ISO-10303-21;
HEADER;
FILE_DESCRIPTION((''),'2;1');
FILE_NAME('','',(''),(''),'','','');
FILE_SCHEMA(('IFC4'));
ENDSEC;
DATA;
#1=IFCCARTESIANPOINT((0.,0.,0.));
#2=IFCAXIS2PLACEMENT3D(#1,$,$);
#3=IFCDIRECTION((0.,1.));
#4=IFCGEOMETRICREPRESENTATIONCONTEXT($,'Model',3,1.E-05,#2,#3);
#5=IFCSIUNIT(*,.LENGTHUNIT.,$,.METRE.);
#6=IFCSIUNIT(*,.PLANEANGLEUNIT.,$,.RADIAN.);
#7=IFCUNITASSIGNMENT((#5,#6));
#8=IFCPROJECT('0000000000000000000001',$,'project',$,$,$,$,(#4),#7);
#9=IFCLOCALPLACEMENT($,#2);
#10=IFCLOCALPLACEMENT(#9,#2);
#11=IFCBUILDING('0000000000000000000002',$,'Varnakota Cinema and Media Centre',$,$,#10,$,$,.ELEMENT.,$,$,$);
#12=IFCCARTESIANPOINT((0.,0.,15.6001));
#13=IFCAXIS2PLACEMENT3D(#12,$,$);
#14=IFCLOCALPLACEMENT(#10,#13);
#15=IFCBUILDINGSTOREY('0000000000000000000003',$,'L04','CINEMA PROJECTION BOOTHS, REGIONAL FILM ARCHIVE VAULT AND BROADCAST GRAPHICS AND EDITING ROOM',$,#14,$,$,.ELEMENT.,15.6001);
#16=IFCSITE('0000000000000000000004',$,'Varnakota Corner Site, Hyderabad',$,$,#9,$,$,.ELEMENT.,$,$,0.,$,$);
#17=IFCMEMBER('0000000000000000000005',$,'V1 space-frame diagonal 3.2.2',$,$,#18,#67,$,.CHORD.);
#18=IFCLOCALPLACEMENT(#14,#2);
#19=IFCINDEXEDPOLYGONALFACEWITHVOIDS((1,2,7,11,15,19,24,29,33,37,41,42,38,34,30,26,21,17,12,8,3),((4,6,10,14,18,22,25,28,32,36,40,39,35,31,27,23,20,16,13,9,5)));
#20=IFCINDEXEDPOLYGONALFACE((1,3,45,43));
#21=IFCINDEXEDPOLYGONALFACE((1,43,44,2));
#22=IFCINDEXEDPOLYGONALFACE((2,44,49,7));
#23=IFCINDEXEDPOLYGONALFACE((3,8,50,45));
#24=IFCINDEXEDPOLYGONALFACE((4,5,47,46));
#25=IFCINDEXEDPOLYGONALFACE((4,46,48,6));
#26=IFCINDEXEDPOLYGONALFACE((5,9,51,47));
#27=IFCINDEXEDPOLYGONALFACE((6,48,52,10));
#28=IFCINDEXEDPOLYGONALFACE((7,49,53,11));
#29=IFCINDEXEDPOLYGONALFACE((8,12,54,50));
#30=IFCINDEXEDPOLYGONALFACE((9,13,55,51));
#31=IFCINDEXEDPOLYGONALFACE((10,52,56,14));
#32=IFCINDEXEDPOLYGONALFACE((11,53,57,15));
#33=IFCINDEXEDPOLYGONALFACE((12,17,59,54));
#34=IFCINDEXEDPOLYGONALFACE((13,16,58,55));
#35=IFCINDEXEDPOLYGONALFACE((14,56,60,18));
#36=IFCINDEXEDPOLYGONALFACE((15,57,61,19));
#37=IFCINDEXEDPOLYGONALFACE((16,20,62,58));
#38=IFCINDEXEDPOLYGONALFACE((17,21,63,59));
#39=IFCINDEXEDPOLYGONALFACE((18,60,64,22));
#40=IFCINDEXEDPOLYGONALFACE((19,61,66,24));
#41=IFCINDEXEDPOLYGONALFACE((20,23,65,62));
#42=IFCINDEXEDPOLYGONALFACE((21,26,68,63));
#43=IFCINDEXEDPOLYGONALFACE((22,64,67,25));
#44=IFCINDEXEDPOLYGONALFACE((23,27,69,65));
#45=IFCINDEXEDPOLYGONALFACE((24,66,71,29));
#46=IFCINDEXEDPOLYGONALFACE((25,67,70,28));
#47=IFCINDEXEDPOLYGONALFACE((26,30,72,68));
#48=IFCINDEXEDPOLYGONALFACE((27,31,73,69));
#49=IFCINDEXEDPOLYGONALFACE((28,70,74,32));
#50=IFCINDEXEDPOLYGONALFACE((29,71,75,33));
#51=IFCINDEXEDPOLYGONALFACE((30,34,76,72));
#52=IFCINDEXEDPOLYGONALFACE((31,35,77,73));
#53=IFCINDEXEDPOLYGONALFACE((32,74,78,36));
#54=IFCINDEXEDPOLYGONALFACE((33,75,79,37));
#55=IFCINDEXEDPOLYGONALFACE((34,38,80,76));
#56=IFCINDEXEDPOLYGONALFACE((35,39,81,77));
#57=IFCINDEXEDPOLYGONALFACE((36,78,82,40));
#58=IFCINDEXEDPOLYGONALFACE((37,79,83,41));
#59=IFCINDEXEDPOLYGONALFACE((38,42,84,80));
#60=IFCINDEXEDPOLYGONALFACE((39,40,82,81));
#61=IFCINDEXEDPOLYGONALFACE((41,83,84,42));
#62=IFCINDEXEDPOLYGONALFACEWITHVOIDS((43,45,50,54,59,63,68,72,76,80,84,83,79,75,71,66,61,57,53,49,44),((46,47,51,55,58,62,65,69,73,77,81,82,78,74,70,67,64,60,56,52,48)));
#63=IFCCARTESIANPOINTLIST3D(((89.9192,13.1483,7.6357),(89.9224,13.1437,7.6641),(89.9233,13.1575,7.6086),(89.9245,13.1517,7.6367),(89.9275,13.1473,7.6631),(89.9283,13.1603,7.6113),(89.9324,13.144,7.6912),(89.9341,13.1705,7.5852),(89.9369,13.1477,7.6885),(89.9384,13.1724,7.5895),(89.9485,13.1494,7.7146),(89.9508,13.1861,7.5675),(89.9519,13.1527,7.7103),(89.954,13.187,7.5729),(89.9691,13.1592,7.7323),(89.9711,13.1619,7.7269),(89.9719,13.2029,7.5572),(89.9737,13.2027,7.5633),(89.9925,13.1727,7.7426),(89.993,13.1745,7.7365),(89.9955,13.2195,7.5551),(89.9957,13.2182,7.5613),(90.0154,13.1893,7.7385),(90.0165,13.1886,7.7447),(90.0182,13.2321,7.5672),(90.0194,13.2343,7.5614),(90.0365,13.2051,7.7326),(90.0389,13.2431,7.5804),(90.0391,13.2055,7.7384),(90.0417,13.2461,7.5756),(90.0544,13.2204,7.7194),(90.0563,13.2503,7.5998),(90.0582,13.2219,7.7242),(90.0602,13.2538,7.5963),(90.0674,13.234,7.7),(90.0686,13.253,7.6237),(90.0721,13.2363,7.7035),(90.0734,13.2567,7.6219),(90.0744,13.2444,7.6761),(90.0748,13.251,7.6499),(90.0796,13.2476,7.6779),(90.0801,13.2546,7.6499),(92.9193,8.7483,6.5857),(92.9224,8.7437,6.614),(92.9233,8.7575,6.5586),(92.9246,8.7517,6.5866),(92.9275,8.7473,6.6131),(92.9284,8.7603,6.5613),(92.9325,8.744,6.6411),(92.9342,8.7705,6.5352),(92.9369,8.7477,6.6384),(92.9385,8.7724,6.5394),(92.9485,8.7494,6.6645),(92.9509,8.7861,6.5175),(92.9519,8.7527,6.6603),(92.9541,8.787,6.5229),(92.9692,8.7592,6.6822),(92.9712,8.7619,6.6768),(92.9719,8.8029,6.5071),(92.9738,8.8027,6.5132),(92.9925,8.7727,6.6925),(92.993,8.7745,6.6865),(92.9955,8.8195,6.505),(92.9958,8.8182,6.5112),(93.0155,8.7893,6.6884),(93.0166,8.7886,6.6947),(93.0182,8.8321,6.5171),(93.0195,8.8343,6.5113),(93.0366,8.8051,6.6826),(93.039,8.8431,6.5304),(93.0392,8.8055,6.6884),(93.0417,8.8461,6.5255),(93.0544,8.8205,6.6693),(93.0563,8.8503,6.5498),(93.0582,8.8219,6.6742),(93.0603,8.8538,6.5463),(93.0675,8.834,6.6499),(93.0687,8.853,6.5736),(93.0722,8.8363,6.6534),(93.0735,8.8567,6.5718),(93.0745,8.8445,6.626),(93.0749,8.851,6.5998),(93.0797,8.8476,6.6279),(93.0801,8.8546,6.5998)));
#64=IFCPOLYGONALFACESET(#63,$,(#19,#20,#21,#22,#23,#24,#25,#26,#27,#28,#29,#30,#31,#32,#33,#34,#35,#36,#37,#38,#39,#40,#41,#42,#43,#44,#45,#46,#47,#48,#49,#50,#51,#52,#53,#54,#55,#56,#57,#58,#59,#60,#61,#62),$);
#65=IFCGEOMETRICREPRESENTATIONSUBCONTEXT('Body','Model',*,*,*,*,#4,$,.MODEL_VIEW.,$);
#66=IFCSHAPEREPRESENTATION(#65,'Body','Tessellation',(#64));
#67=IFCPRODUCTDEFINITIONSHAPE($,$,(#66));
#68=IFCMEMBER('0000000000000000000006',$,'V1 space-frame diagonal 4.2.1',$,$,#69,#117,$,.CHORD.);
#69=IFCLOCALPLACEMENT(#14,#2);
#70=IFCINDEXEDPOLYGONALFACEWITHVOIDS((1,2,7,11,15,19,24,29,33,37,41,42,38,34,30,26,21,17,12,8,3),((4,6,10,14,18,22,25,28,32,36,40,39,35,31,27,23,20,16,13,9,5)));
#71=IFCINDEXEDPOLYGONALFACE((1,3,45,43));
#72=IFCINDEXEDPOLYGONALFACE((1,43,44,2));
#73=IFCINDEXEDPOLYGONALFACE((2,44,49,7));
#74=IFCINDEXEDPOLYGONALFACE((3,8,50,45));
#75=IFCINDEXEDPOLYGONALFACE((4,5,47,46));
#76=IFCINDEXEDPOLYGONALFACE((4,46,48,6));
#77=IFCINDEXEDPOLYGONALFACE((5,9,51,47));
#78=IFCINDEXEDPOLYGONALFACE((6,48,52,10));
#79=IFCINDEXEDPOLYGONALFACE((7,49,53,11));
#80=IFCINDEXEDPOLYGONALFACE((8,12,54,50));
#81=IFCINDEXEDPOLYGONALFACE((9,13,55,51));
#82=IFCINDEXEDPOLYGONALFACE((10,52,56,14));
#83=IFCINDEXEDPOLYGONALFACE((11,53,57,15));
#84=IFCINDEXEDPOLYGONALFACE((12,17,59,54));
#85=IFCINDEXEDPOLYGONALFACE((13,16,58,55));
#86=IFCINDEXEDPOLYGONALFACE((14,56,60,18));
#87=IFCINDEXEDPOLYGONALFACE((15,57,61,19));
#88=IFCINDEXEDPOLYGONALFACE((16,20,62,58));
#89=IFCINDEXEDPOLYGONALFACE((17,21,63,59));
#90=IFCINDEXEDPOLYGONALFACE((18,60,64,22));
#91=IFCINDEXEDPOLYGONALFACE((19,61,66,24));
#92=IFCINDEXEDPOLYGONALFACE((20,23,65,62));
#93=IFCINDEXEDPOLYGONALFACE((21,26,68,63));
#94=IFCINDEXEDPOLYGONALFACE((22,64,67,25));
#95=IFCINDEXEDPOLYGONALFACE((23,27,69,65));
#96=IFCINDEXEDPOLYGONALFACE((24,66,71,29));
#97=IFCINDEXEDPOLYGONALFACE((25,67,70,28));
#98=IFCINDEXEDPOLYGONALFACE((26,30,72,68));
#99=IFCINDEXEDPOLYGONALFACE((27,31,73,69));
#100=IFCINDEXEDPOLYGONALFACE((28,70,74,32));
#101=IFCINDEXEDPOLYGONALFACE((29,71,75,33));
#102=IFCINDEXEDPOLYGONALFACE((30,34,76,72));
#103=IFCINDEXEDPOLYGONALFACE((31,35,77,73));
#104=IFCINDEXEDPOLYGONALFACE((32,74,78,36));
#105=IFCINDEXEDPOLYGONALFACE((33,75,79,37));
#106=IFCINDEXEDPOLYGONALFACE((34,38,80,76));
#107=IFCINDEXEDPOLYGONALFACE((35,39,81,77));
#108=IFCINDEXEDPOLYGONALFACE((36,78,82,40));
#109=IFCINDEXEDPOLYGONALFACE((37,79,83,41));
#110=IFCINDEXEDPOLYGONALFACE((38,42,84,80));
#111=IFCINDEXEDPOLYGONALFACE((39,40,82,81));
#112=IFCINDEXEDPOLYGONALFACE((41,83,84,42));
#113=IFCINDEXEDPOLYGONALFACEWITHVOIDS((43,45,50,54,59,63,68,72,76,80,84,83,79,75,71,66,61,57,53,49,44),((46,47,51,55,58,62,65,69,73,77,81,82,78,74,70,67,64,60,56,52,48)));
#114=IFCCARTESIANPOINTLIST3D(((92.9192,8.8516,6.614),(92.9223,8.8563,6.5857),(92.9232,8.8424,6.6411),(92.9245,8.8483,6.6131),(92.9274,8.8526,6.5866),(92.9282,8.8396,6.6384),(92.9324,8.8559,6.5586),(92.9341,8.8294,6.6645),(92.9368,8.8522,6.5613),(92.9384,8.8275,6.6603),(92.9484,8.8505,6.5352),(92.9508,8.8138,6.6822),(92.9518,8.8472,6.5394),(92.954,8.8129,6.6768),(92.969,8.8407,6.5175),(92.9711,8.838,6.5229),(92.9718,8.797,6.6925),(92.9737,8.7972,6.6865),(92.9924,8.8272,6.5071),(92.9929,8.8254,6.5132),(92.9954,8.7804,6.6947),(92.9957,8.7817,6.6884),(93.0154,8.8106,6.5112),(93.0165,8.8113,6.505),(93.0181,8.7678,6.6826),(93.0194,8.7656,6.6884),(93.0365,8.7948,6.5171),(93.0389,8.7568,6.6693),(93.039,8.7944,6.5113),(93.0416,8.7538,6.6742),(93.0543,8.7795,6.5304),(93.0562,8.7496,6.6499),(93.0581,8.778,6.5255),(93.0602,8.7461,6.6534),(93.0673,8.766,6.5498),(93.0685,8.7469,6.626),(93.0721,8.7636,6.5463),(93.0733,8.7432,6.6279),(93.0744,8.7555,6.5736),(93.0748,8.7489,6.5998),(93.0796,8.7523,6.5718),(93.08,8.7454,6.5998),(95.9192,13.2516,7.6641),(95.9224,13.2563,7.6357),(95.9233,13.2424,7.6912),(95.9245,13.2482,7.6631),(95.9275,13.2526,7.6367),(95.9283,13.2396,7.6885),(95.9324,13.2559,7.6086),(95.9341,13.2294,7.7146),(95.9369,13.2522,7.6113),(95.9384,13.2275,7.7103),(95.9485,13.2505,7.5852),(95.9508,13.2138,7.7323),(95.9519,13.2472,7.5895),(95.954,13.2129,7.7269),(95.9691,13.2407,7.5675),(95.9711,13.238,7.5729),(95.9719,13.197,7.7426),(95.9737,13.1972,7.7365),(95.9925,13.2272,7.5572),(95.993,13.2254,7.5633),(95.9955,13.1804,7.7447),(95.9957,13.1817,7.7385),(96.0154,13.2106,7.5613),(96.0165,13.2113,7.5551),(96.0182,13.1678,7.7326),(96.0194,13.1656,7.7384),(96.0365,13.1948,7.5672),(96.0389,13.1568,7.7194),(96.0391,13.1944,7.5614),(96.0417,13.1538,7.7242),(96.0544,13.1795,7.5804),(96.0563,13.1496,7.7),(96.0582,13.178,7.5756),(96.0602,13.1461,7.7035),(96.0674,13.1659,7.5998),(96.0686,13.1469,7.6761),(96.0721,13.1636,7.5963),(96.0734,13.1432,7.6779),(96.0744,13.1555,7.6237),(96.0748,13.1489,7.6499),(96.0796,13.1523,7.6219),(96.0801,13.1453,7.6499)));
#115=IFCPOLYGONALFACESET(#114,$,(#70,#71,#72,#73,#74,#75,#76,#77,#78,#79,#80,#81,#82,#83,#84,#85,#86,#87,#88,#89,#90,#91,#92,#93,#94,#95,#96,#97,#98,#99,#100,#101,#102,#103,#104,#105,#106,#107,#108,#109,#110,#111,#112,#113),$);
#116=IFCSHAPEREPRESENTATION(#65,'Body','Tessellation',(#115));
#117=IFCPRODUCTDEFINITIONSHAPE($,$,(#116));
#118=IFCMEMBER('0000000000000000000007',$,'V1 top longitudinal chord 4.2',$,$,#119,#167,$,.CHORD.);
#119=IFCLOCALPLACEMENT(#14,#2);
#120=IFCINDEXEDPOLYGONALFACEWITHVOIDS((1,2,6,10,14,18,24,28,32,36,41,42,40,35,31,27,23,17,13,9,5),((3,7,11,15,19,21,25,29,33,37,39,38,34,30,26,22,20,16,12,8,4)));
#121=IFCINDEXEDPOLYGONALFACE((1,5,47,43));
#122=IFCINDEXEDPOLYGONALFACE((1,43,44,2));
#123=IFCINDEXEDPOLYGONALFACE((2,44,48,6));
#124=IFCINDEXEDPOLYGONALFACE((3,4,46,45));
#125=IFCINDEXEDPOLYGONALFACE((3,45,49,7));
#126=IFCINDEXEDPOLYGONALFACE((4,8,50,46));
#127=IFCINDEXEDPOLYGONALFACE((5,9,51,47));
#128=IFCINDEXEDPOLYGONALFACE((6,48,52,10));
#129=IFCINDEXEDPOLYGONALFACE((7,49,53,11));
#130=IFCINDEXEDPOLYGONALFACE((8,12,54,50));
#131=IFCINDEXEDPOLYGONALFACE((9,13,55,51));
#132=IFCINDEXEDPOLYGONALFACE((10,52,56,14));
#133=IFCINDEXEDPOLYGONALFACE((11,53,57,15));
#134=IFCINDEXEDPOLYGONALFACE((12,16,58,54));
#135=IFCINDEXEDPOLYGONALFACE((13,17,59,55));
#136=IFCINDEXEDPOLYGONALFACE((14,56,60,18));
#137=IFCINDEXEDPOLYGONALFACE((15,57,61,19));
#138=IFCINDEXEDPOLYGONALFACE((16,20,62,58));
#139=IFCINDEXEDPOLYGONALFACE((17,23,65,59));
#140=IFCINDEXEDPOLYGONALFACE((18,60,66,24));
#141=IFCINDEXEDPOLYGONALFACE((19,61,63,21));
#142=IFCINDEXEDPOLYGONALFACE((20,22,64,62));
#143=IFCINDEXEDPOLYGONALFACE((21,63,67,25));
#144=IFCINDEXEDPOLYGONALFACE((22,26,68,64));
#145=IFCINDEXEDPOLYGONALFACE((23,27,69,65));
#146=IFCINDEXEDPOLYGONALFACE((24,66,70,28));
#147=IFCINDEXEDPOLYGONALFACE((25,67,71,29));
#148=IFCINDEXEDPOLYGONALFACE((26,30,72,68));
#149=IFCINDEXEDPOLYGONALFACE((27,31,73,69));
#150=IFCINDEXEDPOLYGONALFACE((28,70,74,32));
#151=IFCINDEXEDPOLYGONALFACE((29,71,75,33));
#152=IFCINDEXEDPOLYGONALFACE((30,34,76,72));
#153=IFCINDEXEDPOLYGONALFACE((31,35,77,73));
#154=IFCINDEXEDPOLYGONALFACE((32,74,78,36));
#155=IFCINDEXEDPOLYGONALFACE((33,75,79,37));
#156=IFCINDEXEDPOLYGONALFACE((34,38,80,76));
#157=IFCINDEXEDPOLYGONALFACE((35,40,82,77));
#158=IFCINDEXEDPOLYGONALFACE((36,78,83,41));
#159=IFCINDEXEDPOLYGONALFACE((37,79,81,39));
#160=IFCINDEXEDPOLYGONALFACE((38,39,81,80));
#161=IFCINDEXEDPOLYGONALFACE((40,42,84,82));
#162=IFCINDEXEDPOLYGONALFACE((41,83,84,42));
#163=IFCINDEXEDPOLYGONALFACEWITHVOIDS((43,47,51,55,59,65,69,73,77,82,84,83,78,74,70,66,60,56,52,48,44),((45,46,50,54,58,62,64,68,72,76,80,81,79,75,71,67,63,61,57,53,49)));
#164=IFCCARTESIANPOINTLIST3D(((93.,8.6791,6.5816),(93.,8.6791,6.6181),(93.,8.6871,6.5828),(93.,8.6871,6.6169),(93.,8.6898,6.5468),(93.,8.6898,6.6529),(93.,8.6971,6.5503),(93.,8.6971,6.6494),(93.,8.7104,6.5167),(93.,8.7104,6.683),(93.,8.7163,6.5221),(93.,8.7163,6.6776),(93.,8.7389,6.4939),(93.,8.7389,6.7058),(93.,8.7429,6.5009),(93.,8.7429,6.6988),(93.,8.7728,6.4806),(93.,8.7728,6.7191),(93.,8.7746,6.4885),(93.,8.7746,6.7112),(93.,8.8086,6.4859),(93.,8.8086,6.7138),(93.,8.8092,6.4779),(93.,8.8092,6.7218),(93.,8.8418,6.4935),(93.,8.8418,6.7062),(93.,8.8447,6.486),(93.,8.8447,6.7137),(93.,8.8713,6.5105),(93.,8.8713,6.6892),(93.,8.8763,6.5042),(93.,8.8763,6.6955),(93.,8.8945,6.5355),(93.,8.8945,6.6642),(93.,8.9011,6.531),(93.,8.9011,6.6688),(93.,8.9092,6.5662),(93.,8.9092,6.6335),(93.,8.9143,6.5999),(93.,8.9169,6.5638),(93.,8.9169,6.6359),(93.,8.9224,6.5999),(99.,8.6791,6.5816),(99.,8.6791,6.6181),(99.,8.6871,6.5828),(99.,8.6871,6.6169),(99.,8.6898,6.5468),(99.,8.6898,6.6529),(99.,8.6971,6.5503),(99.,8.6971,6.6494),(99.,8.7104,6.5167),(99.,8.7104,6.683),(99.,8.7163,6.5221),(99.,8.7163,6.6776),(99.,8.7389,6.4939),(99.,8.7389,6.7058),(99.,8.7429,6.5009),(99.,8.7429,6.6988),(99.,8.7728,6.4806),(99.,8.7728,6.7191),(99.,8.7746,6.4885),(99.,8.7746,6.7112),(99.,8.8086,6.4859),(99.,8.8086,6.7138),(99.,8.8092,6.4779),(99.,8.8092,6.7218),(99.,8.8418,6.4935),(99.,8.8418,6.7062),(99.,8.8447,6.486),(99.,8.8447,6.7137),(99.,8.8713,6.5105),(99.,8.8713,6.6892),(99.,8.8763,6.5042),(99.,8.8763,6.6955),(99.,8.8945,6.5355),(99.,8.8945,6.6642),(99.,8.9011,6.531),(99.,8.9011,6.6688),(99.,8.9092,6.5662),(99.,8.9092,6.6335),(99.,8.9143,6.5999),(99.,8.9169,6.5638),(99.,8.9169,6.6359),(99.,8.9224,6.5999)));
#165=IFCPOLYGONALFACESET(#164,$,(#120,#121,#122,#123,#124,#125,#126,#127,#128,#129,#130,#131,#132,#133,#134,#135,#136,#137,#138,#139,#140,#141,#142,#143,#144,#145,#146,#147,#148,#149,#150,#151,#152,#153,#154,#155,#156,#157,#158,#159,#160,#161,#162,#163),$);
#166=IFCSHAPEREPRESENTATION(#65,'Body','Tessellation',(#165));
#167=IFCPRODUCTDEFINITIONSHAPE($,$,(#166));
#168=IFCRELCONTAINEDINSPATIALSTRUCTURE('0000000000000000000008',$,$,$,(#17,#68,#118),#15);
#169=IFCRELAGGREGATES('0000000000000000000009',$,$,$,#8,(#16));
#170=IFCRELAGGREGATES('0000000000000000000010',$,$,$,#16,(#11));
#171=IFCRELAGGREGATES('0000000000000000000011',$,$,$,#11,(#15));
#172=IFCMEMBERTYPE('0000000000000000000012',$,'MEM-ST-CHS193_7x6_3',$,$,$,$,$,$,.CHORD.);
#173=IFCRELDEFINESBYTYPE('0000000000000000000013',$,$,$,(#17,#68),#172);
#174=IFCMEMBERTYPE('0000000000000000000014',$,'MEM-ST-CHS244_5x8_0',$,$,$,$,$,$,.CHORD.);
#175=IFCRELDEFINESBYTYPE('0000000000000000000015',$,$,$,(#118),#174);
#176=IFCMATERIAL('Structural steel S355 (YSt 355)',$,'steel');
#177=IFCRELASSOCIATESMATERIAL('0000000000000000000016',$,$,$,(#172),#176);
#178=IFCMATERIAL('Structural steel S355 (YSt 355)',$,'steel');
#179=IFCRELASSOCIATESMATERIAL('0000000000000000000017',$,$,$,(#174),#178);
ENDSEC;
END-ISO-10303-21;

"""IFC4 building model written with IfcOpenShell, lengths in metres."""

from ifc_helpers import new_model, si_unit, direction, frame, origin, origin_2d, place, context, subcontext, project, spatial, hollow_circle, extrude, material, material_profile, profile_set, type_object, element, save


model = new_model("IFC4")

# Units and contexts
model_context = context("Model", 3, precision=1e-05, world=origin(), true_north=direction((0.0, 1.0)))
body_context = subcontext(model_context, "Body", "Model", "MODEL_VIEW")
ifc_project = project(units=[si_unit("LENGTHUNIT", "METRE"), si_unit("PLANEANGLEUNIT", "RADIAN")], contexts=[model_context])

# Site, building, storey
site_placement = place(None, origin())
site = spatial("IfcSite", under=ifc_project, at=site_placement, Name="Varnakota Corner Site, Hyderabad", CompositionType="ELEMENT", RefElevation=0.0)
building_placement = place(site_placement, origin())
building = spatial("IfcBuilding", under=site, at=building_placement, Name="Varnakota Cinema and Media Centre", CompositionType="ELEMENT")
storey_placement = place(building_placement, frame((0.0, 0.0, 15.6001)))
storey = spatial("IfcBuildingStorey", under=building, at=storey_placement, Name="L04", Description="CINEMA PROJECTION BOOTHS, REGIONAL FILM ARCHIVE VAULT AND BROADCAST GRAPHICS AND EDITING ROOM", CompositionType="ELEMENT", Elevation=15.6001)

# Members
ifc_material_1 = material(Name="Structural steel S355 (YSt 355)", Category="steel")
ifc_material_profile_1 = material_profile(ifc_material_1, hollow_circle(Radius=0.0969, WallThickness=0.0063, at=origin_2d()), Name="CHS 193.7x6.3")
ifc_profile_set_1 = profile_set([ifc_material_profile_1], Name="Structural steel S355 (YSt 355)")
member_type_1 = type_object("IfcMemberType", Name="MEM-ST-CHS193_7x6_3", PredefinedType="CHORD", material=ifc_profile_set_1)
for number, where, z_axis, x_axis, name in (
    (1, (90.0, 13.2, 7.6499), (0.552703, -0.810613, -0.193455), (0.826222, 0.563345, 0.0), "V1 space-frame diagonal 3.2.2"),
    (2, (96.0, 13.2, 7.6499), (-0.552703, -0.810613, -0.193455), (0.826222, -0.563345, 0.0), "V1 space-frame diagonal 4.2.1"),
):
    element("IfcMember", number, at=place(storey_placement, frame(where, z_axis=z_axis, x_axis=x_axis)), inside=storey, type_object=member_type_1, Name=name, PredefinedType="CHORD", context=body_context, shape_type="SweptSolid", body=[
        extrude(hollow_circle(Radius=0.0969, WallThickness=0.0063, at=origin_2d()), origin(), (0.0, 0.0, 1.0), 5.428),
    ])
ifc_material_2 = material(Name="Structural steel S355 (YSt 355)", Category="steel")
ifc_material_profile_2 = material_profile(ifc_material_2, hollow_circle(Radius=0.1223, WallThickness=0.0081, at=origin_2d()), Name="CHS 244.5x8.0")
ifc_profile_set_2 = profile_set([ifc_material_profile_2], Name="Structural steel S355 (YSt 355)")
member_type_2 = type_object("IfcMemberType", Name="MEM-ST-CHS244_5x8_0", PredefinedType="CHORD", material=ifc_profile_set_2)
for number, where, z_axis, x_axis, name in (
    (3, (93.0, 8.8, 6.5999), (1.0, 0.0, 0.0), (0.0, 1.0, 0.0), "V1 top longitudinal chord 4.2"),
):
    element("IfcMember", number, at=place(storey_placement, frame(where, z_axis=z_axis, x_axis=x_axis)), inside=storey, type_object=member_type_2, Name=name, PredefinedType="CHORD", context=body_context, shape_type="SweptSolid", body=[
        extrude(hollow_circle(Radius=0.1223, WallThickness=0.0081, at=origin_2d()), origin(), (0.0, 0.0, 1.0), 6.0),
    ])

save(model, "model.ifc")
